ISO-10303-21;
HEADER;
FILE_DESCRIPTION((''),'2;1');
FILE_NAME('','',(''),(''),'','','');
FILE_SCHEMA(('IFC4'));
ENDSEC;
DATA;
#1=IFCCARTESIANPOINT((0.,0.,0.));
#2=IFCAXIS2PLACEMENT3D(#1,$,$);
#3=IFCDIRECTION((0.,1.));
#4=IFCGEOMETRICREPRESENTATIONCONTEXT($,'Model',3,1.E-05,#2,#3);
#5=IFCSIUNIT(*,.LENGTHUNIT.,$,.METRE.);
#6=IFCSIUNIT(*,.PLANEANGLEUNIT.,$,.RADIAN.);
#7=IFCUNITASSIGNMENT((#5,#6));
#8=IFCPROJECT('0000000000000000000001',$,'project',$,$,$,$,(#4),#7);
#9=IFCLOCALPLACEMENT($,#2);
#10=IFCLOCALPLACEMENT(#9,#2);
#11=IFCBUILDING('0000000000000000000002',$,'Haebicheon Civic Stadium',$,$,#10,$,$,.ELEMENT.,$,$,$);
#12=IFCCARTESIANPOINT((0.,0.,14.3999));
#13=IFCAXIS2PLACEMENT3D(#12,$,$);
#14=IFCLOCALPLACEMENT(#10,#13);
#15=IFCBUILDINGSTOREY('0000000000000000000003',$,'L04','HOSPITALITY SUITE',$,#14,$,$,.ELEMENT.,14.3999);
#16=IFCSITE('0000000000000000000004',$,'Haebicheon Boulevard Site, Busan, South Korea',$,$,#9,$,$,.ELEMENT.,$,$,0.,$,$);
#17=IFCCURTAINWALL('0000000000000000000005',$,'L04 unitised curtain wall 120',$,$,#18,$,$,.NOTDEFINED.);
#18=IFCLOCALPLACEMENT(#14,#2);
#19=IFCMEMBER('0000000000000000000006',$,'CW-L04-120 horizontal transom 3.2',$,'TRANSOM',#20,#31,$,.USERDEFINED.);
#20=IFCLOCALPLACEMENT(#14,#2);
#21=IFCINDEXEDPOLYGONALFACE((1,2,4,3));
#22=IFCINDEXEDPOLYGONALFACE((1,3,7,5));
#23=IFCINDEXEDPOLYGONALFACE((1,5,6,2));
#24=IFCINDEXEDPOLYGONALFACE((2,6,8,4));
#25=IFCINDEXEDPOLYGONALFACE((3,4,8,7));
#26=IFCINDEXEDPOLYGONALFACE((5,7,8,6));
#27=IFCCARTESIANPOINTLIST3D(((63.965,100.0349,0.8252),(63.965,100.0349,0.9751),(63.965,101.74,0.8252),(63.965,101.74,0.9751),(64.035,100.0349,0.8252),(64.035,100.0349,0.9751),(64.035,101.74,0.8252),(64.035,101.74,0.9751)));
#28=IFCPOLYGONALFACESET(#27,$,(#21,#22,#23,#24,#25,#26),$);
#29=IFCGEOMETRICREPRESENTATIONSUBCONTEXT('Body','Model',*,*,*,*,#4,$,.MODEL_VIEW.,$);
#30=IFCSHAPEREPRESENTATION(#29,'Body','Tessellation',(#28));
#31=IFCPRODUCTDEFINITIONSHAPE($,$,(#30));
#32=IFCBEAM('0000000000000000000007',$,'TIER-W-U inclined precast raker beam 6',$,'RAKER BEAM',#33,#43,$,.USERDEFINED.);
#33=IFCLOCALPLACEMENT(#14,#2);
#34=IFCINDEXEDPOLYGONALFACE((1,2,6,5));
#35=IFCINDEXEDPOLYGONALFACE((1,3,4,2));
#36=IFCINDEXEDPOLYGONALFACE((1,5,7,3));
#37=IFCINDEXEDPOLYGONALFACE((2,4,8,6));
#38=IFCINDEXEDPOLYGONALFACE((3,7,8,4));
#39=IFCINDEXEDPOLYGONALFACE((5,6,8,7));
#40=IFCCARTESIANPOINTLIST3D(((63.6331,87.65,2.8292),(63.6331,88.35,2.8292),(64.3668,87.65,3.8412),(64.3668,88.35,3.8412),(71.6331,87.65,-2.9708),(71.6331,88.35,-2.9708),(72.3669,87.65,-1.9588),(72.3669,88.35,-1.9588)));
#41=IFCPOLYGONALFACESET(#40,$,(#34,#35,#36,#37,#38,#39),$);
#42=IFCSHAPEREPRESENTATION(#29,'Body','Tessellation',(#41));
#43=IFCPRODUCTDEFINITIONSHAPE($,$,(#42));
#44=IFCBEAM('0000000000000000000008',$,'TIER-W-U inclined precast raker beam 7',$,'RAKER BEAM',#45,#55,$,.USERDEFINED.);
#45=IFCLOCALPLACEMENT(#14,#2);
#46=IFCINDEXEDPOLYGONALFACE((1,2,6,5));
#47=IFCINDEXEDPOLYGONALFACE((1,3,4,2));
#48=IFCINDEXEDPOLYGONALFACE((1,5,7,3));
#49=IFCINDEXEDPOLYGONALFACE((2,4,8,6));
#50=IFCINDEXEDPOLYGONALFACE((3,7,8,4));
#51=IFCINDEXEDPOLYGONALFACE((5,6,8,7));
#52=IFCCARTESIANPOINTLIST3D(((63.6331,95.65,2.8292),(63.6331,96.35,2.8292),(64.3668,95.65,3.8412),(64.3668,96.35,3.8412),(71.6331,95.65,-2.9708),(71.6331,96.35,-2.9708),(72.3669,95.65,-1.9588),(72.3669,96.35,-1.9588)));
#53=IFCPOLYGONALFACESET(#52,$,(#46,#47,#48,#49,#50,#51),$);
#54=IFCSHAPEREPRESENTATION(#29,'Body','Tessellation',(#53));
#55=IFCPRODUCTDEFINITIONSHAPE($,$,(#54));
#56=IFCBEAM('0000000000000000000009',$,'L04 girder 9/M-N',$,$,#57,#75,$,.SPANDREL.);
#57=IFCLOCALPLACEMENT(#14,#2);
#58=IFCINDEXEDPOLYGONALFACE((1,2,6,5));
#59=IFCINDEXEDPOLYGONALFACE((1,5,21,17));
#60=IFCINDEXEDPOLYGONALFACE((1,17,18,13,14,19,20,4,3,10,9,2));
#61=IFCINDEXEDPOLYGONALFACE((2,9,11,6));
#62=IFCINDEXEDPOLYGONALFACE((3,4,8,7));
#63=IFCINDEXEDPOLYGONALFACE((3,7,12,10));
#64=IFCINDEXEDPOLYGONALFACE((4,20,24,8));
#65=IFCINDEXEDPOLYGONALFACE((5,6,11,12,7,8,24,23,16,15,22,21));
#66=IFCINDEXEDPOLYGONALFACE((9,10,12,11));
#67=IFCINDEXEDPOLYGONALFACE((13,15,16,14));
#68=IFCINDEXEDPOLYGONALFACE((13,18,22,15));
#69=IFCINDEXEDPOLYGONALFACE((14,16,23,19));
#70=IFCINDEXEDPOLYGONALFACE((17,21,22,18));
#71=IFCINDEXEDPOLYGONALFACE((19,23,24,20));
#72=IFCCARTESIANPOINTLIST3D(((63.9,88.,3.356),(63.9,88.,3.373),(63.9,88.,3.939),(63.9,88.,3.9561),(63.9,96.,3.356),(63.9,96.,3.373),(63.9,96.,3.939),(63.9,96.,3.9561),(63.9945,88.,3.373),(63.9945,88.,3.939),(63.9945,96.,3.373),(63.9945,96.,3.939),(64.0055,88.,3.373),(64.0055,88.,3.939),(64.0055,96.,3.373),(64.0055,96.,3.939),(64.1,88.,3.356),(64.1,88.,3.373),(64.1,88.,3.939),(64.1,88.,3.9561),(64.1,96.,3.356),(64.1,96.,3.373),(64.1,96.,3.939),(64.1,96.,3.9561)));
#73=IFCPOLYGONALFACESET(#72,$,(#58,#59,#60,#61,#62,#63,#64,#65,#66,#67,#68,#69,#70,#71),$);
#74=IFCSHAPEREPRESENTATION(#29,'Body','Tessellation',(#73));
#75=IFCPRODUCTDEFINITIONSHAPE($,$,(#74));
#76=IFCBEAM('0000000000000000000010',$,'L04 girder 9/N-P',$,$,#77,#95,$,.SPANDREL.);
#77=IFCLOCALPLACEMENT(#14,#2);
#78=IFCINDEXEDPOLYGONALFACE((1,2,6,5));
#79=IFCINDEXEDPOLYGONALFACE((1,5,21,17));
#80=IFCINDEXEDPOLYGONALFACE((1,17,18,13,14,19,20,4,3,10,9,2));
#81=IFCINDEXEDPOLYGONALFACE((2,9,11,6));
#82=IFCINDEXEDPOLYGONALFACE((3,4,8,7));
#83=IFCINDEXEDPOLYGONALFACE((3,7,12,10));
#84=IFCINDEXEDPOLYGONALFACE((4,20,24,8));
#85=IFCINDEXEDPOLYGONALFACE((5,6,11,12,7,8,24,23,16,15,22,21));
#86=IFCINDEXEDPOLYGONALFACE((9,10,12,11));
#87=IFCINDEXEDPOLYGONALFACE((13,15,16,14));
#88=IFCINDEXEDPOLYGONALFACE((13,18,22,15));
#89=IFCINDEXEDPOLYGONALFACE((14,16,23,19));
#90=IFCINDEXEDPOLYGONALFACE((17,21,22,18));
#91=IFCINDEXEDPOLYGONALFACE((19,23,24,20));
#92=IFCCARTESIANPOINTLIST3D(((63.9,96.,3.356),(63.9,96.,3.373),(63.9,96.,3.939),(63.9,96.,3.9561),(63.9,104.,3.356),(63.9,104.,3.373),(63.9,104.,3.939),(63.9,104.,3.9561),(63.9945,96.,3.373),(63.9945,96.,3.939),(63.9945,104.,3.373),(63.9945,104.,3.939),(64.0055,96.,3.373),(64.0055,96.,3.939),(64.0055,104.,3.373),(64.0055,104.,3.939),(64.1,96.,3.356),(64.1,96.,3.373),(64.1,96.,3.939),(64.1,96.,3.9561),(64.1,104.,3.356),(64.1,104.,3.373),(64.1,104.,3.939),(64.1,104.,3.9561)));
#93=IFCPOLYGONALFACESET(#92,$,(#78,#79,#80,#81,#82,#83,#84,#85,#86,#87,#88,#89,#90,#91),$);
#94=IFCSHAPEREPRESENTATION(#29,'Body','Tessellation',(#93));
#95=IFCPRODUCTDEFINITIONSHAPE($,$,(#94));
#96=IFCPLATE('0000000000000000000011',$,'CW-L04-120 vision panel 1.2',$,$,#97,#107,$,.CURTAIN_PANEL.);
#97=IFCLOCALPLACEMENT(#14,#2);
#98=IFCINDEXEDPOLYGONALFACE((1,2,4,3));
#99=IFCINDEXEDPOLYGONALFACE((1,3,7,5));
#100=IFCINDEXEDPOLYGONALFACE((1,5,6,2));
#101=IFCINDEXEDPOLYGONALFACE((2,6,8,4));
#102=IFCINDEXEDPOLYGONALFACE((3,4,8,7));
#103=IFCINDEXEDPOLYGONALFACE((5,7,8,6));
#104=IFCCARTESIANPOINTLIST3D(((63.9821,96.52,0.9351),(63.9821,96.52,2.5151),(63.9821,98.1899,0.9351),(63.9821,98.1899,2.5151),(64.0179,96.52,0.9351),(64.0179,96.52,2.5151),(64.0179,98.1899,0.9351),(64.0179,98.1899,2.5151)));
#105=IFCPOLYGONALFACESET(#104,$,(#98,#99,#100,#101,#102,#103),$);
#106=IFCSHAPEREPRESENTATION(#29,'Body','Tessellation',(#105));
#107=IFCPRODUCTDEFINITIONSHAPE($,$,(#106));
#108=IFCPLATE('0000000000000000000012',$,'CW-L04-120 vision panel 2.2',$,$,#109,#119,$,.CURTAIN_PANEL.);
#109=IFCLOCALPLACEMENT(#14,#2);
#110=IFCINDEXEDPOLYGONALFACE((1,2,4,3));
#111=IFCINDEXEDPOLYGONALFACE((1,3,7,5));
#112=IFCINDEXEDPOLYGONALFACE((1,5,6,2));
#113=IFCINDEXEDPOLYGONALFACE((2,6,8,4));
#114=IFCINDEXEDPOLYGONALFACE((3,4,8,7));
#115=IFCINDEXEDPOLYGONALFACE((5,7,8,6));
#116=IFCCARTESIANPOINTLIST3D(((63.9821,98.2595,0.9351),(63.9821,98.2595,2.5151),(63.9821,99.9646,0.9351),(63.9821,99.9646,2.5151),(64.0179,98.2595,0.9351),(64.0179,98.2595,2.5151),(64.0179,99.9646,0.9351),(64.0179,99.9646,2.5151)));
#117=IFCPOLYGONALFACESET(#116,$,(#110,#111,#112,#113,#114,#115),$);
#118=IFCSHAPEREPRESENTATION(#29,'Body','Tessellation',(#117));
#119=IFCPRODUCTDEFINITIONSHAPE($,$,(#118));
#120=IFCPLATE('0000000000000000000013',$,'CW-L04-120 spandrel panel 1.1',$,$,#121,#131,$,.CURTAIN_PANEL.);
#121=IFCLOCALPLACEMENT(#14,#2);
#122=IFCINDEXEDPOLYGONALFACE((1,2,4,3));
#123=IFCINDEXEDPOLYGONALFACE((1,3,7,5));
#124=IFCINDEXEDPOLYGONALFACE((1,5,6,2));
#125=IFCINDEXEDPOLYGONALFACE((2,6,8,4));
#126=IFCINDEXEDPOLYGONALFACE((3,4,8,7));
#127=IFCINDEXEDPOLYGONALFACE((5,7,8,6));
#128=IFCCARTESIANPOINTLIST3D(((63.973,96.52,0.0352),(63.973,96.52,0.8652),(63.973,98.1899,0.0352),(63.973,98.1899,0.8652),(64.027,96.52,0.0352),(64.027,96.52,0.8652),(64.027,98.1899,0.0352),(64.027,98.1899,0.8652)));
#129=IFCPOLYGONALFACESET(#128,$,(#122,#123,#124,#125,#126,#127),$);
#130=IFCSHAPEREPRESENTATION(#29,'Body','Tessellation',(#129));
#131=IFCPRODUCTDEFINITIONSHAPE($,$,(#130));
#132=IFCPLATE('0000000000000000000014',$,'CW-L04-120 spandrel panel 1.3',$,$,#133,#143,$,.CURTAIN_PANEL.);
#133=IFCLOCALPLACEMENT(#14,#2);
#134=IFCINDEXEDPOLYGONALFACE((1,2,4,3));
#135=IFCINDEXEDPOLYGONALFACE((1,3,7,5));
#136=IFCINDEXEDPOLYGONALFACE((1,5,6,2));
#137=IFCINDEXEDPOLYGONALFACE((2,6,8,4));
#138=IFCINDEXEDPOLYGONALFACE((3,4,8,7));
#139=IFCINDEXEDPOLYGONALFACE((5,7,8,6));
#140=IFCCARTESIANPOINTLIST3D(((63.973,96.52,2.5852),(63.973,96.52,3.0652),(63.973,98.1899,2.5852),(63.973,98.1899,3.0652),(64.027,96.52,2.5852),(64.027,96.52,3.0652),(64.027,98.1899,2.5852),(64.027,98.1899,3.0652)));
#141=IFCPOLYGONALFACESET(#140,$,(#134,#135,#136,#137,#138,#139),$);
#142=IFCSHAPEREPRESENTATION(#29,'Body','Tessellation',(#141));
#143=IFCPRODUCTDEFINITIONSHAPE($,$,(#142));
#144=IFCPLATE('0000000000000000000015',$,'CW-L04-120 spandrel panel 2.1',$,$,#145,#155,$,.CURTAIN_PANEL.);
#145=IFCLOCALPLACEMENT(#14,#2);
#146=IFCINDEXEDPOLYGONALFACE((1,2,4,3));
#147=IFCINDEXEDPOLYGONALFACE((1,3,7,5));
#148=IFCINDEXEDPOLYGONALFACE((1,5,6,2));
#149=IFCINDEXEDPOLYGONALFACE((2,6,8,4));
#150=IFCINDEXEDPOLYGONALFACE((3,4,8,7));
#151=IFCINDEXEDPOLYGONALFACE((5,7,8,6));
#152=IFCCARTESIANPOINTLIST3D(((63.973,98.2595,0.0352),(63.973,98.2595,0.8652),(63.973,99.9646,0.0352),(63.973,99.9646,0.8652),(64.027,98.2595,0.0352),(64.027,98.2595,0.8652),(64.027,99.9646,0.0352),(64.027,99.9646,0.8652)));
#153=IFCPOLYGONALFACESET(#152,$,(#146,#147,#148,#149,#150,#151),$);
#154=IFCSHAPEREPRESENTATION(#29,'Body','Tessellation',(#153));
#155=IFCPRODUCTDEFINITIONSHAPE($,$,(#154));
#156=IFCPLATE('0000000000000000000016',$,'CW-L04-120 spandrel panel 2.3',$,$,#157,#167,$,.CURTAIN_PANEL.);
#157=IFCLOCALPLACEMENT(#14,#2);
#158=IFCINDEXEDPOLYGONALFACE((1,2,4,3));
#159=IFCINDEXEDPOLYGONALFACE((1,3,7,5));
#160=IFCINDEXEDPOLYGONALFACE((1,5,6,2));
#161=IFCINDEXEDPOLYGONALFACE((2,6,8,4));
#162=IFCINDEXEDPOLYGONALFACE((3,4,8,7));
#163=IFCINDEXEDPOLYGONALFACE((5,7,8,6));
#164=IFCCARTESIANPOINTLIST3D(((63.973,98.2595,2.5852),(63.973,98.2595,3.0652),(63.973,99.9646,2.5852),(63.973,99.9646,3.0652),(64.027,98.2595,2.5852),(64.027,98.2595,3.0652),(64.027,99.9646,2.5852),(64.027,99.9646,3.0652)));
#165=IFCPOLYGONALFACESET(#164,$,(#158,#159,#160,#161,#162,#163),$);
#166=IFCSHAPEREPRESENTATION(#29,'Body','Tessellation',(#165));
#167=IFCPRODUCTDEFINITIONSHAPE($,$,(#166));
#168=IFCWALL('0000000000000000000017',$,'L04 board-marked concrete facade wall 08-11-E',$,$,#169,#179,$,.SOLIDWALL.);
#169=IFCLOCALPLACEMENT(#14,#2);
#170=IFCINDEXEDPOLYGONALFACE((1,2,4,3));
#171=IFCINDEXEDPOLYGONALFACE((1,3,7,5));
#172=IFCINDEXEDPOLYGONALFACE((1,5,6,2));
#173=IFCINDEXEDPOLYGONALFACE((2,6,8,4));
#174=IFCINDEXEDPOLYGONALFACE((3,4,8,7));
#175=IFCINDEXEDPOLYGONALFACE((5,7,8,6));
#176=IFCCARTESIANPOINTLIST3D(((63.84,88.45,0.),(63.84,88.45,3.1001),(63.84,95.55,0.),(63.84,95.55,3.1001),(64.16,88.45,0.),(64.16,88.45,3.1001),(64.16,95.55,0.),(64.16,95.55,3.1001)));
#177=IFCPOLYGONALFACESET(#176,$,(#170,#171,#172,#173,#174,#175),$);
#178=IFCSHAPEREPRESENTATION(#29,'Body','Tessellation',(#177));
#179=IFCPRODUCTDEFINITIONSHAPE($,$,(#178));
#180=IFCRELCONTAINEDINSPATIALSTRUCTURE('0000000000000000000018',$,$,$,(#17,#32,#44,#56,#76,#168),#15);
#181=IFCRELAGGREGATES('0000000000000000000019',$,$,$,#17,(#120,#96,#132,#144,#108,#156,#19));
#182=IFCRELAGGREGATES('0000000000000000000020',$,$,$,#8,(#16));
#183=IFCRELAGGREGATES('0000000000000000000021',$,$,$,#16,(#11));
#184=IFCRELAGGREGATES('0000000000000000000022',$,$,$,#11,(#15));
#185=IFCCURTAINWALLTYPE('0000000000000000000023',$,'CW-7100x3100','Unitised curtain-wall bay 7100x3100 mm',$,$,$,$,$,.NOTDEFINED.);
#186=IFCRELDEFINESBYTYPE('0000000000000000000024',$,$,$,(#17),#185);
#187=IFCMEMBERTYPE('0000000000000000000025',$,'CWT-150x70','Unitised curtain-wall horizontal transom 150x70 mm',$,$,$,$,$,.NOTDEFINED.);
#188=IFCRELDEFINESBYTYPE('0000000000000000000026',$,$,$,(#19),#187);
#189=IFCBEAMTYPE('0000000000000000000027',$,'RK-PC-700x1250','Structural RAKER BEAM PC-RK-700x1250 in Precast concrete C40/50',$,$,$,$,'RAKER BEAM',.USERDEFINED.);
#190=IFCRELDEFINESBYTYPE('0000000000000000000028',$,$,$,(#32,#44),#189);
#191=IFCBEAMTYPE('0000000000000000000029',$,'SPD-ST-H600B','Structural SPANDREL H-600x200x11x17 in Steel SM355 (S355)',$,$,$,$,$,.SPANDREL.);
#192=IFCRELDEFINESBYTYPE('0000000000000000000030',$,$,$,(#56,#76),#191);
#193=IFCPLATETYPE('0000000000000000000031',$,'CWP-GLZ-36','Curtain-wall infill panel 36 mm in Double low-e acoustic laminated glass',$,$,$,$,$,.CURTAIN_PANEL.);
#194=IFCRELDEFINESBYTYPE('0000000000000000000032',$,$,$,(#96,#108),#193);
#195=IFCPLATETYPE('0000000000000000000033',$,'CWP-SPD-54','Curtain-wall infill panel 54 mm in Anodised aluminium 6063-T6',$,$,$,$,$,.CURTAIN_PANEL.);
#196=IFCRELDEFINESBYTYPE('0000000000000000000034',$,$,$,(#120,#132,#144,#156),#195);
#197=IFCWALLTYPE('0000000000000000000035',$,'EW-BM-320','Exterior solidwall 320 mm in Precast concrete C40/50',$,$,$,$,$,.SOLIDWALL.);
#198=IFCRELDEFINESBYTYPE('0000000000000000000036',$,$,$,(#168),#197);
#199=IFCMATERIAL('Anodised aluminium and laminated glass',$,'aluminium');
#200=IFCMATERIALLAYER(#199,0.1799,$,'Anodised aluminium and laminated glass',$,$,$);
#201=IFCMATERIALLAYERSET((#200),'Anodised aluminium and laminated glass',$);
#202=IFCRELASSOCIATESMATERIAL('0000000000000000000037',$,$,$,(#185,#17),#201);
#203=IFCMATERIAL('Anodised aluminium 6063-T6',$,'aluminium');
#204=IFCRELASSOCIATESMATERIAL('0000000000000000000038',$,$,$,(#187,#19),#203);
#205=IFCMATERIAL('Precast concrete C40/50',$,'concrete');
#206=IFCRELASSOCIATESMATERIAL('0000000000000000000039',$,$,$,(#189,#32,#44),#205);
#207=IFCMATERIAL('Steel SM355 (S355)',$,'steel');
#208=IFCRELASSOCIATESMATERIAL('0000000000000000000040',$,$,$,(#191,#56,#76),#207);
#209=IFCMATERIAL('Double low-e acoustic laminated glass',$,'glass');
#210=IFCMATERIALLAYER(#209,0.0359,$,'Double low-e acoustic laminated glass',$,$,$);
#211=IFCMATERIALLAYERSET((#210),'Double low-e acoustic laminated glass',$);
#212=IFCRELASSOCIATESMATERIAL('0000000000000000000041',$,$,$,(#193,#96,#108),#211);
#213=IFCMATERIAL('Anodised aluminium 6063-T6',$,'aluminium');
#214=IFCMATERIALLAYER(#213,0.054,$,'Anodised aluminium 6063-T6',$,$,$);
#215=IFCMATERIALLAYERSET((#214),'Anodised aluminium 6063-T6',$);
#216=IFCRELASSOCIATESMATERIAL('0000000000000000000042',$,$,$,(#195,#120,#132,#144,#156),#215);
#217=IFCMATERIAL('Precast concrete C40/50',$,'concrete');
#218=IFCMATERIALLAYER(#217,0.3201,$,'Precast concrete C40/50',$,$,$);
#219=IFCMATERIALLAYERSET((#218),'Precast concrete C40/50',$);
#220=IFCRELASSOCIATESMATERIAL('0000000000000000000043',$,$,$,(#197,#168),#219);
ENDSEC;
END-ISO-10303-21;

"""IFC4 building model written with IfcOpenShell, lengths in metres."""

from ifc_helpers import new_model, si_unit, direction, frame, frame_2d, origin, origin_2d, place, context, subcontext, project, spatial, rectangle, i_section, extrude, material, layer, layer_set, material_profile, profile_set, type_object, element, aggregate, save


model = new_model("IFC4")

# Units and contexts
model_context = context("Model", 3, precision=1e-05, world=origin(), true_north=direction((0.0, 1.0)))
body_context = subcontext(model_context, "Body", "Model", "MODEL_VIEW")
ifc_project = project(units=[si_unit("LENGTHUNIT", "METRE"), si_unit("PLANEANGLEUNIT", "RADIAN")], contexts=[model_context])

# Site, building, storey
site_placement = place(None, origin())
site = spatial("IfcSite", under=ifc_project, at=site_placement, Name="Haebicheon Boulevard Site, Busan, South Korea", CompositionType="ELEMENT", RefElevation=0.0)
building_placement = place(site_placement, origin())
building = spatial("IfcBuilding", under=site, at=building_placement, Name="Haebicheon Civic Stadium", CompositionType="ELEMENT")
storey_placement = place(building_placement, frame((0.0, 0.0, 14.3999)))
storey = spatial("IfcBuildingStorey", under=building, at=storey_placement, Name="L04", Description="HOSPITALITY SUITE", CompositionType="ELEMENT", Elevation=14.3999)

# Curtain wall, member
ifc_material_1 = material(Name="Anodised aluminium and laminated glass", Category="aluminium")
ifc_layer_1 = layer(ifc_material_1, 0.1799, Name="Anodised aluminium and laminated glass")
ifc_layer_set_1 = layer_set([ifc_layer_1], Name="Anodised aluminium and laminated glass")
curtain_wall_type = type_object("IfcCurtainWallType", Name="CW-7100x3100", Description="Unitised curtain-wall bay 7100x3100 mm", PredefinedType="NOTDEFINED", material=ifc_layer_set_1)
curtain_wall_placement = place(storey_placement, origin())
curtain_wall = element("IfcCurtainWall", 1, at=curtain_wall_placement, inside=storey, type_object=curtain_wall_type, material=ifc_layer_set_1, Name="L04 unitised curtain wall 120", PredefinedType="NOTDEFINED")
ifc_material_2 = material(Name="Anodised aluminium 6063-T6", Category="aluminium")
ifc_material_profile_1 = material_profile(ifc_material_2, rectangle(XDim=0.0701, YDim=0.1499, at=origin_2d()), Name="ALU-TRAN-70x150")
ifc_profile_set_1 = profile_set([ifc_material_profile_1], Name="Anodised aluminium 6063-T6")
member_type_1 = type_object("IfcMemberType", Name="CWT-150x70", Description="Unitised curtain-wall horizontal transom 150x70 mm", PredefinedType="NOTDEFINED", material=ifc_profile_set_1)
member_1_placement = place(storey_placement, frame((64.0, 100.0349, 0.9001), z_axis=(0.0, 1.0, 0.0), x_axis=(-1.0, 0.0, 0.0)))
member_1 = element("IfcMember", 2, at=member_1_placement, type_object=member_type_1, material=ifc_profile_set_1, Name="CW-L04-120 horizontal transom 3.2", ObjectType="TRANSOM", PredefinedType="USERDEFINED", context=body_context, shape_type="SweptSolid", body=[
    extrude(rectangle(XDim=0.0701, YDim=0.1499, at=origin_2d()), origin(), (0.0, 0.0, 1.0), 1.7051),
])

# Beams
ifc_material_3 = material(Name="Precast concrete C40/50", Category="concrete")
ifc_material_profile_2 = material_profile(ifc_material_3, rectangle(XDim=0.7, YDim=1.25, at=origin_2d()), Name="PC-RK-700x1250")
ifc_profile_set_2 = profile_set([ifc_material_profile_2], Name="Precast concrete C40/50")
beam_type_1 = type_object("IfcBeamType", Name="RK-PC-700x1250", Description="Structural RAKER BEAM PC-RK-700x1250 in Precast concrete C40/50", ElementType="RAKER BEAM", PredefinedType="USERDEFINED", material=ifc_profile_set_2)
for number, where, z_axis, x_axis, name in (
    (3, (72.0, 88.0, -2.4648), (-0.809608, 0.0, 0.586971), (0.0, -1.0, 0.0), "TIER-W-U inclined precast raker beam 6"),
    (4, (72.0, 96.0, -2.4648), (-0.809608, 0.0, 0.586971), (0.0, -1.0, 0.0), "TIER-W-U inclined precast raker beam 7"),
):
    element("IfcBeam", number, at=place(storey_placement, frame(where, z_axis=z_axis, x_axis=x_axis)), inside=storey, type_object=beam_type_1, material=ifc_profile_set_2, Name=name, ObjectType="RAKER BEAM", PredefinedType="USERDEFINED", context=body_context, shape_type="SweptSolid", body=[
        extrude(rectangle(XDim=0.7, YDim=1.25, at=origin_2d()), origin(), (0.0, 0.0, 1.0), 9.8813),
    ])
ifc_material_4 = material(Name="Steel SM355 (S355)", Category="steel")
ifc_material_profile_3 = material_profile(ifc_material_4, i_section(OverallWidth=0.2, OverallDepth=0.6001, WebThickness=0.011, FlangeThickness=0.0171, at=origin_2d()), Name="H-600x200x11x17")
ifc_profile_set_3 = profile_set([ifc_material_profile_3], Name="Steel SM355 (S355)")
beam_type_2 = type_object("IfcBeamType", Name="SPD-ST-H600B", Description="Structural SPANDREL H-600x200x11x17 in Steel SM355 (S355)", PredefinedType="SPANDREL", material=ifc_profile_set_3)
for number, where, z_axis, x_axis, name in (
    (5, (64.0, 88.0, 3.656), (0.0, 1.0, 0.0), (-1.0, 0.0, 0.0), "L04 girder 9/M-N"),
    (6, (64.0, 96.0, 3.656), (0.0, 1.0, 0.0), (-1.0, 0.0, 0.0), "L04 girder 9/N-P"),
):
    element("IfcBeam", number, at=place(storey_placement, frame(where, z_axis=z_axis, x_axis=x_axis)), inside=storey, type_object=beam_type_2, material=ifc_profile_set_3, Name=name, PredefinedType="SPANDREL", context=body_context, shape_type="SweptSolid", body=[
        extrude(i_section(OverallWidth=0.2, OverallDepth=0.6001, WebThickness=0.011, FlangeThickness=0.0171, at=origin_2d()), origin(), (0.0, 0.0, 1.0), 8.0),
    ])

# Plates
ifc_material_5 = material(Name="Double low-e acoustic laminated glass", Category="glass")
ifc_layer_2 = layer(ifc_material_5, 0.0359, Name="Double low-e acoustic laminated glass")
ifc_layer_set_2 = layer_set([ifc_layer_2], Name="Double low-e acoustic laminated glass")
plate_type_1 = type_object("IfcPlateType", Name="CWP-GLZ-36", Description="Curtain-wall infill panel 36 mm in Double low-e acoustic laminated glass", PredefinedType="CURTAIN_PANEL", material=ifc_layer_set_2)
plate_1_placement = place(storey_placement, frame((64.0, 97.355, 0.9351), z_axis=(0.0, 0.0, 1.0), x_axis=(0.0, 1.0, 0.0)))
plate_1 = element("IfcPlate", 7, at=plate_1_placement, type_object=plate_type_1, material=ifc_layer_set_2, Name="CW-L04-120 vision panel 1.2", PredefinedType="CURTAIN_PANEL", context=body_context, shape_type="SweptSolid", body=[
    extrude(rectangle(XDim=1.6699, YDim=0.0359, at=origin_2d()), origin(), (0.0, 0.0, 1.0), 1.5801),
])
plate_2_placement = place(storey_placement, frame((64.0, 99.1121, 0.9351), z_axis=(0.0, 0.0, 1.0), x_axis=(0.0, 1.0, 0.0)))
plate_2 = element("IfcPlate", 8, at=plate_2_placement, type_object=plate_type_1, material=ifc_layer_set_2, Name="CW-L04-120 vision panel 2.2", PredefinedType="CURTAIN_PANEL", context=body_context, shape_type="SweptSolid", body=[
    extrude(rectangle(XDim=1.7051, YDim=0.0359, at=origin_2d()), origin(), (0.0, 0.0, 1.0), 1.5801),
])
ifc_material_6 = material(Name="Anodised aluminium 6063-T6", Category="aluminium")
ifc_layer_3 = layer(ifc_material_6, 0.054, Name="Anodised aluminium 6063-T6")
ifc_layer_set_3 = layer_set([ifc_layer_3], Name="Anodised aluminium 6063-T6")
plate_type_2 = type_object("IfcPlateType", Name="CWP-SPD-54", Description="Curtain-wall infill panel 54 mm in Anodised aluminium 6063-T6", PredefinedType="CURTAIN_PANEL", material=ifc_layer_set_3)
plate_3_placement = place(storey_placement, frame((64.0, 97.355, 0.0352), z_axis=(0.0, 0.0, 1.0), x_axis=(0.0, 1.0, 0.0)))
plate_3 = element("IfcPlate", 9, at=plate_3_placement, type_object=plate_type_2, material=ifc_layer_set_3, Name="CW-L04-120 spandrel panel 1.1", PredefinedType="CURTAIN_PANEL", context=body_context, shape_type="SweptSolid", body=[
    extrude(rectangle(XDim=1.6699, YDim=0.054, at=origin_2d()), origin(), (0.0, 0.0, 1.0), 0.8301),
])
plate_4_placement = place(storey_placement, frame((64.0, 97.355, 2.5852), z_axis=(0.0, 0.0, 1.0), x_axis=(0.0, 1.0, 0.0)))
plate_4 = element("IfcPlate", 10, at=plate_4_placement, type_object=plate_type_2, material=ifc_layer_set_3, Name="CW-L04-120 spandrel panel 1.3", PredefinedType="CURTAIN_PANEL", context=body_context, shape_type="SweptSolid", body=[
    extrude(rectangle(XDim=1.6699, YDim=0.054, at=origin_2d()), origin(), (0.0, 0.0, 1.0), 0.48),
])
plate_5_placement = place(storey_placement, frame((64.0, 99.1121, 0.0352), z_axis=(0.0, 0.0, 1.0), x_axis=(0.0, 1.0, 0.0)))
plate_5 = element("IfcPlate", 11, at=plate_5_placement, type_object=plate_type_2, material=ifc_layer_set_3, Name="CW-L04-120 spandrel panel 2.1", PredefinedType="CURTAIN_PANEL", context=body_context, shape_type="SweptSolid", body=[
    extrude(rectangle(XDim=1.7051, YDim=0.054, at=origin_2d()), origin(), (0.0, 0.0, 1.0), 0.8301),
])
plate_6_placement = place(storey_placement, frame((64.0, 99.1121, 2.5852), z_axis=(0.0, 0.0, 1.0), x_axis=(0.0, 1.0, 0.0)))
plate_6 = element("IfcPlate", 12, at=plate_6_placement, type_object=plate_type_2, material=ifc_layer_set_3, Name="CW-L04-120 spandrel panel 2.3", PredefinedType="CURTAIN_PANEL", context=body_context, shape_type="SweptSolid", body=[
    extrude(rectangle(XDim=1.7051, YDim=0.054, at=origin_2d()), origin(), (0.0, 0.0, 1.0), 0.48),
])
aggregate(curtain_wall, [plate_3, plate_1, plate_4, plate_5, plate_2, plate_6, member_1])

# Wall
ifc_material_7 = material(Name="Precast concrete C40/50", Category="concrete")
ifc_layer_4 = layer(ifc_material_7, 0.3201, Name="Precast concrete C40/50")
ifc_layer_set_4 = layer_set([ifc_layer_4], Name="Precast concrete C40/50")
wall_type = type_object("IfcWallType", Name="EW-BM-320", Description="Exterior solidwall 320 mm in Precast concrete C40/50", PredefinedType="SOLIDWALL", material=ifc_layer_set_4)
wall_placement = place(storey_placement, frame((64.0, 88.45, 0.0), z_axis=(0.0, 0.0, 1.0), x_axis=(0.0, 1.0, 0.0)))
element("IfcWall", 13, at=wall_placement, inside=storey, type_object=wall_type, material=ifc_layer_set_4, Name="L04 board-marked concrete facade wall 08-11-E", PredefinedType="SOLIDWALL", context=body_context, shape_type="SweptSolid", body=[
    extrude(rectangle(XDim=7.1001, YDim=0.3201, at=frame_2d((3.55, 0.0))), origin(), (0.0, 0.0, 1.0), 3.1001),
])

save(model, "model.ifc")
